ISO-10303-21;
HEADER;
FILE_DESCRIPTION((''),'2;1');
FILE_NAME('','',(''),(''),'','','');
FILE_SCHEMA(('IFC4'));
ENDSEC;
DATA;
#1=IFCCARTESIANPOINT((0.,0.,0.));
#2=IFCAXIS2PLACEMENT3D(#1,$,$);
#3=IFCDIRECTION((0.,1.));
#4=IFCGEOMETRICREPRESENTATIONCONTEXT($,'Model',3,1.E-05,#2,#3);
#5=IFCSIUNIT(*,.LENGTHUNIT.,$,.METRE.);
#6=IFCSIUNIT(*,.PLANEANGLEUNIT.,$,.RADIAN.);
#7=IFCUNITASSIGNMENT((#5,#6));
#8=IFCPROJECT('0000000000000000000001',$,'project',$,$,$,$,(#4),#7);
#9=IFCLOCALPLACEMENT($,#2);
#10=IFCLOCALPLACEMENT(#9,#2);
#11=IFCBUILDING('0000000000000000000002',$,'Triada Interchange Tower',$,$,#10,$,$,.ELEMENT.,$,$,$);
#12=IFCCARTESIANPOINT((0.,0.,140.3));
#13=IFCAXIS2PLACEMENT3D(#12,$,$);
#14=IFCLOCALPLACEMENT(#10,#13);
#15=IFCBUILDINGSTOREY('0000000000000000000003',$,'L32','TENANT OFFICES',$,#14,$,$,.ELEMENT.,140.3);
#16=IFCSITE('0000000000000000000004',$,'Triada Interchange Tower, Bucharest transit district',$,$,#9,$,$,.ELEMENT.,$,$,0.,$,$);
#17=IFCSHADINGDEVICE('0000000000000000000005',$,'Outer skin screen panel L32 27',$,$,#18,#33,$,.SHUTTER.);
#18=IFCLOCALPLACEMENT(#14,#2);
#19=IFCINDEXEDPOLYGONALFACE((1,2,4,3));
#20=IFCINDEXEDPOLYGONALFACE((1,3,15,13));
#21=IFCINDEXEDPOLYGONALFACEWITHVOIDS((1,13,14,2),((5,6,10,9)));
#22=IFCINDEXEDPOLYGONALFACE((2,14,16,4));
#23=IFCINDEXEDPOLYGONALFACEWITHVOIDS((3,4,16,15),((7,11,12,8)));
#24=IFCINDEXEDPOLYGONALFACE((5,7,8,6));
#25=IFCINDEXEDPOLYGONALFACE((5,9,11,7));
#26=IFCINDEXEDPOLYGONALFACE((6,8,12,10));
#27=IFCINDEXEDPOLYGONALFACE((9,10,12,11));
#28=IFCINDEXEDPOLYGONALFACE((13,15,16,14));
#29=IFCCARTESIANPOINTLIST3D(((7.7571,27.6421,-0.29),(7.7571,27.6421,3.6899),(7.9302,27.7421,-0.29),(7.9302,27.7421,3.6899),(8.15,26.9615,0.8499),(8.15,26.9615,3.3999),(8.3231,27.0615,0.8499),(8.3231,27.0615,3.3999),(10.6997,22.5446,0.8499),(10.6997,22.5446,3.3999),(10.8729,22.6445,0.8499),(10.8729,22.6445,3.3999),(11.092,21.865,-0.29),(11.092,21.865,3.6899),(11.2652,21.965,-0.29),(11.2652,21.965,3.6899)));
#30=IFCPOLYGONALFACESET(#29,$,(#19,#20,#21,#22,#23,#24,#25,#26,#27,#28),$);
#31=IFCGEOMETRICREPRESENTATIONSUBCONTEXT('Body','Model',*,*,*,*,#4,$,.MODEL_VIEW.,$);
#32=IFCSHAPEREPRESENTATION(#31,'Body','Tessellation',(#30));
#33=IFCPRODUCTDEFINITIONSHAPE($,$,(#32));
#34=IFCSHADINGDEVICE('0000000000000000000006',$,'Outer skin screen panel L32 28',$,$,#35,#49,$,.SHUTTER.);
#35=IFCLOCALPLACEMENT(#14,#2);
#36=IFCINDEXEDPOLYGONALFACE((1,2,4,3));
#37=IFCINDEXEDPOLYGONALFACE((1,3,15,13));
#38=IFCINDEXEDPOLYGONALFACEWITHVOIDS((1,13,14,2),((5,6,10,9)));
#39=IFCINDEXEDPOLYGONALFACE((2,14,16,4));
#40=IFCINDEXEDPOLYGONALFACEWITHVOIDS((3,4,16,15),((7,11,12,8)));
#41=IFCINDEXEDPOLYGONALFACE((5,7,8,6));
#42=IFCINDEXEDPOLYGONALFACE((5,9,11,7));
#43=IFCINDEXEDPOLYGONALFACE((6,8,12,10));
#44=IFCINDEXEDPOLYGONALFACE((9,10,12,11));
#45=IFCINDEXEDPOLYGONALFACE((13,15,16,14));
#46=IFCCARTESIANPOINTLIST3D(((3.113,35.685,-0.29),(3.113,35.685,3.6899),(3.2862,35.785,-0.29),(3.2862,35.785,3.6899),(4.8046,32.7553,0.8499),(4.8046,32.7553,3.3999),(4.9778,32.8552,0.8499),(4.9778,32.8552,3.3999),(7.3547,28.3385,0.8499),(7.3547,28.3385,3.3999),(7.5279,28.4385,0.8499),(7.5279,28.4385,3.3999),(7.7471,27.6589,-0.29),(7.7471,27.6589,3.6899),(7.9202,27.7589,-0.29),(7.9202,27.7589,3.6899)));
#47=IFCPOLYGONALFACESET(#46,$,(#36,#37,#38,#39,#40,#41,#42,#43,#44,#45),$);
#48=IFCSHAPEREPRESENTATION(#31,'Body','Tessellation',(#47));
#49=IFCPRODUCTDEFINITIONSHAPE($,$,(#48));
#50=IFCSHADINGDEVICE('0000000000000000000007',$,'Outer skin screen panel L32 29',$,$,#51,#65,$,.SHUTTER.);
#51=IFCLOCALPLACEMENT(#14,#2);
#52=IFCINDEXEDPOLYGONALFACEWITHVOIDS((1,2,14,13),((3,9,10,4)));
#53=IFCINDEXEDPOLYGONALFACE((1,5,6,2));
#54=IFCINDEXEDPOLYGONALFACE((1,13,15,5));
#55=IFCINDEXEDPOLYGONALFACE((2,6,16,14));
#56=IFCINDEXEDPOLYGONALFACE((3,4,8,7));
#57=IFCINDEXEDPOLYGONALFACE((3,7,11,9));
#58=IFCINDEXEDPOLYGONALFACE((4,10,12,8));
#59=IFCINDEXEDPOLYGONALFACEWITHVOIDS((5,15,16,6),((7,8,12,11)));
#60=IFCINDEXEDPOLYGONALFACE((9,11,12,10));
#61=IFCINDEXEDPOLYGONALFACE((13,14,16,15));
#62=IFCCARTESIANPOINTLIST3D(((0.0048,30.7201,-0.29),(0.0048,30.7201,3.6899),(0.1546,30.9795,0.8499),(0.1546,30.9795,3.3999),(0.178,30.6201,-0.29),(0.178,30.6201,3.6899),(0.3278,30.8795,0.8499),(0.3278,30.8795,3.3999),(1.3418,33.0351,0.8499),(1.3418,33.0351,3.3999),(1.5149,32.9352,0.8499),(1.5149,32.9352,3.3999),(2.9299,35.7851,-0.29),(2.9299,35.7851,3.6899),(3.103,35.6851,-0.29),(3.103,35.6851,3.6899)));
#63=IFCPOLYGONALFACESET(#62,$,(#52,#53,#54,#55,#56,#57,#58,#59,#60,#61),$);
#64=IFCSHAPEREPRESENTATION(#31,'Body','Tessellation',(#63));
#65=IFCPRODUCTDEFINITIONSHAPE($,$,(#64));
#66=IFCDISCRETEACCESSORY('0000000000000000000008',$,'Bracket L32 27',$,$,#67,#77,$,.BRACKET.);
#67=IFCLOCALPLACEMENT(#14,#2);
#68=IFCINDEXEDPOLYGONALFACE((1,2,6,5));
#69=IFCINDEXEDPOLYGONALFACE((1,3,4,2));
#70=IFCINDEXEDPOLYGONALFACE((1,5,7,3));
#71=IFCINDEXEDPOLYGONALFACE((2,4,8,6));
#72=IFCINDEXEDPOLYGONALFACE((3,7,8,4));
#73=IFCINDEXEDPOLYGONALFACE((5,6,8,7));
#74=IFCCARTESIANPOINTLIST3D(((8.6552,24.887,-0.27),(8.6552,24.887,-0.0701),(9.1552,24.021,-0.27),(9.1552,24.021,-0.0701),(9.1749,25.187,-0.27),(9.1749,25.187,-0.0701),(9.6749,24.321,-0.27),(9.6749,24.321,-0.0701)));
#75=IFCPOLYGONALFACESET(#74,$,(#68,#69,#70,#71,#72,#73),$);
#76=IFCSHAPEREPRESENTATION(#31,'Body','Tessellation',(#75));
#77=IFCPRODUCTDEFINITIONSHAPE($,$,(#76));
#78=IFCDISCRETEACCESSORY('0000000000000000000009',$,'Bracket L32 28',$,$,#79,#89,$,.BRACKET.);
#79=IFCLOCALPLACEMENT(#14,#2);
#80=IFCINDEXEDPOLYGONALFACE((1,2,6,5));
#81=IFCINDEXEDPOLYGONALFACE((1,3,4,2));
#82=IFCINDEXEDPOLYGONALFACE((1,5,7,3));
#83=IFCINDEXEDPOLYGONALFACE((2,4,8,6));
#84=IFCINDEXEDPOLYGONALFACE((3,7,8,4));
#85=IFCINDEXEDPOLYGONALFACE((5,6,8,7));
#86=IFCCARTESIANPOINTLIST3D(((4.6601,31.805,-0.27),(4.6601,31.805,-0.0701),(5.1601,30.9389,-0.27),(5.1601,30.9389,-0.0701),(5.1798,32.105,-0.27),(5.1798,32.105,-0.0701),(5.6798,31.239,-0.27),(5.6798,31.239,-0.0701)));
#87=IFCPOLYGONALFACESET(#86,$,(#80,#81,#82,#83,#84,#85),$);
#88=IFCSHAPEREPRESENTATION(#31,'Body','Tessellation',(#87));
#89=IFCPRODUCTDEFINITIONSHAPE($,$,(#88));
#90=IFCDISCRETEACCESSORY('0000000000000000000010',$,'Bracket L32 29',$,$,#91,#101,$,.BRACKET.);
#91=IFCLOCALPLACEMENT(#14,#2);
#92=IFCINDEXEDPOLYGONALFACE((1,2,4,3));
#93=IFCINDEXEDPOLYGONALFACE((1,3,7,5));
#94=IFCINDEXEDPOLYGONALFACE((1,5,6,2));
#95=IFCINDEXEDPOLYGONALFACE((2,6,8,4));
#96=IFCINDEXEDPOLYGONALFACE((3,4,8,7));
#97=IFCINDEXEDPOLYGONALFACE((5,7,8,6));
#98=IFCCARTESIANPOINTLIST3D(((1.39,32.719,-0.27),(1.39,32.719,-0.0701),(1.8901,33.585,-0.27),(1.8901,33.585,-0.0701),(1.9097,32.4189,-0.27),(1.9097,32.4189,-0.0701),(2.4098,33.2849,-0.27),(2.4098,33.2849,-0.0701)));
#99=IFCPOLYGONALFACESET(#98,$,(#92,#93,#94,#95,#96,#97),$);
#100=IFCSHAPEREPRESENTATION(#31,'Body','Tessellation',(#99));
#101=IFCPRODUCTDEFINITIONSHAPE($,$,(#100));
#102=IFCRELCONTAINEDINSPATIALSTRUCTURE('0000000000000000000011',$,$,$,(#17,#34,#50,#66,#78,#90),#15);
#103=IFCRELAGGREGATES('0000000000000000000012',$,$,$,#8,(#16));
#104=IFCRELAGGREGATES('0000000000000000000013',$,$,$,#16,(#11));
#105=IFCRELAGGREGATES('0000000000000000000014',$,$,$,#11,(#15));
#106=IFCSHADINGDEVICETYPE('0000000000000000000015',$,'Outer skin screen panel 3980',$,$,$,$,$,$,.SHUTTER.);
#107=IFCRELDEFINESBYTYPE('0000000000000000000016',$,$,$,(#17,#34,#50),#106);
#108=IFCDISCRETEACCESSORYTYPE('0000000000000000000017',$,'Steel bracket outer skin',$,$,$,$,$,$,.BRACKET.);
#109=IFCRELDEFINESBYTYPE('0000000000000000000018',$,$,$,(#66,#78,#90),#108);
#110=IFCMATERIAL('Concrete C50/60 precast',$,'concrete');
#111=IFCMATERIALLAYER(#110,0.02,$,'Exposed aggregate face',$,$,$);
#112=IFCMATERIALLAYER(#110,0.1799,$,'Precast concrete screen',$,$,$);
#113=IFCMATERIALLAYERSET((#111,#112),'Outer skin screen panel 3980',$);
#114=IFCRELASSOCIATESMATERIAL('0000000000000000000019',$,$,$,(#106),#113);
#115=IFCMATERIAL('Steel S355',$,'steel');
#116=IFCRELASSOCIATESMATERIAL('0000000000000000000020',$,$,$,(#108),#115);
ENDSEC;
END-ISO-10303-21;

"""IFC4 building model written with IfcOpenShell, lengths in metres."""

from ifc_helpers import new_model, si_unit, direction, frame, origin, origin_2d, place, context, subcontext, project, spatial, polyline, rectangle, outline, extrude, material, layer, layer_set, type_object, element, save


model = new_model("IFC4")

# Units and contexts
model_context = context("Model", 3, precision=1e-05, world=origin(), true_north=direction((0.0, 1.0)))
body_context = subcontext(model_context, "Body", "Model", "MODEL_VIEW")
ifc_project = project(units=[si_unit("LENGTHUNIT", "METRE"), si_unit("PLANEANGLEUNIT", "RADIAN")], contexts=[model_context])

# Site, building, storey
site_placement = place(None, origin())
site = spatial("IfcSite", under=ifc_project, at=site_placement, Name="Triada Interchange Tower, Bucharest transit district", CompositionType="ELEMENT", RefElevation=0.0)
building_placement = place(site_placement, origin())
building = spatial("IfcBuilding", under=site, at=building_placement, Name="Triada Interchange Tower", CompositionType="ELEMENT")
storey_placement = place(building_placement, frame((0.0, 0.0, 140.3)))
storey = spatial("IfcBuildingStorey", under=building, at=storey_placement, Name="L32", Description="TENANT OFFICES", CompositionType="ELEMENT", Elevation=140.3)

# Shading devices
ifc_material_1 = material(Name="Concrete C50/60 precast", Category="concrete")
ifc_layer_1 = layer(ifc_material_1, 0.02, Name="Exposed aggregate face")
ifc_layer_2 = layer(ifc_material_1, 0.1799, Name="Precast concrete screen")
ifc_layer_set_1 = layer_set([ifc_layer_1, ifc_layer_2], Name="Outer skin screen panel 3980")
shading_device_type = type_object("IfcShadingDeviceType", Name="Outer skin screen panel 3980", PredefinedType="SHUTTER", material=ifc_layer_set_1)
shading_device_1_placement = place(storey_placement, frame((11.092, 21.865, -0.29), z_axis=(0.0, 0.0, 1.0), x_axis=(-0.49995, 0.866055, 0.0)))
element("IfcShadingDevice", 1, at=shading_device_1_placement, inside=storey, type_object=shading_device_type, Name="Outer skin screen panel L32 27", PredefinedType="SHUTTER", context=body_context, shape_type="SweptSolid", body=[
    extrude(outline(polyline([(0.0, 0.0), (6.6707, 0.0), (6.6707, 3.98), (0.0, 3.98), (0.0, 0.0)]), holes=[polyline([(0.7847, 1.1399), (0.7847, 3.6899), (5.8848, 3.6899), (5.8848, 1.1399), (0.7847, 1.1399)])]), frame((0.0, 0.0, 0.0), z_axis=(0.0, -1.0, 0.0), x_axis=(1.0, 0.0, 0.0)), (0.0, 0.0, 1.0), 0.2),
])
shading_device_2_placement = place(storey_placement, frame((7.7471, 27.6589, -0.29), z_axis=(0.0, 0.0, 1.0), x_axis=(-0.500012, 0.866018, 0.0)))
element("IfcShadingDevice", 2, at=shading_device_2_placement, inside=storey, type_object=shading_device_type, Name="Outer skin screen panel L32 28", PredefinedType="SHUTTER", context=body_context, shape_type="SweptSolid", body=[
    extrude(outline(polyline([(0.0, 0.0), (9.2678, 0.0), (9.2678, 3.98), (0.0, 3.98), (0.0, 0.0)]), holes=[polyline([(0.7847, 1.1399), (0.7847, 3.6899), (5.8848, 3.6899), (5.8848, 1.1399), (0.7847, 1.1399)])]), frame((0.0, 0.0, 0.0), z_axis=(0.0, -1.0, 0.0), x_axis=(1.0, 0.0, 0.0)), (0.0, 0.0, 1.0), 0.2),
])
shading_device_3_placement = place(storey_placement, frame((3.103, 35.6851, -0.29), z_axis=(0.0, 0.0, 1.0), x_axis=(-0.500103, -0.865966, 0.0)))
element("IfcShadingDevice", 3, at=shading_device_3_placement, inside=storey, type_object=shading_device_type, Name="Outer skin screen panel L32 29", PredefinedType="SHUTTER", context=body_context, shape_type="SweptSolid", body=[
    extrude(outline(polyline([(0.0, 0.0), (5.8489, 0.0), (5.8489, 3.98), (0.0, 3.98), (0.0, 0.0)]), holes=[polyline([(3.1755, 1.1399), (3.1755, 3.6899), (5.5493, 3.6899), (5.5493, 1.1399), (3.1755, 1.1399)])]), frame((0.0, 0.0, 0.0), z_axis=(0.0, -1.0, 0.0), x_axis=(1.0, 0.0, 0.0)), (0.0, 0.0, 1.0), 0.2),
])

# Discrete accessories
ifc_material_2 = material(Name="Steel S355", Category="steel")
discrete_accessory_type = type_object("IfcDiscreteAccessoryType", Name="Steel bracket outer skin", PredefinedType="BRACKET", material=ifc_material_2)
for number, where, z_axis, x_axis, name in (
    (4, (9.165, 24.604, -0.27), (0.0, 0.0, 1.0), (0.866021, 0.500007, 0.0), "Bracket L32 27"),
    (5, (5.1699, 31.522, -0.27), (0.0, 0.0, 1.0), (0.866021, 0.500007, 0.0), "Bracket L32 28"),
    (6, (1.8999, 33.002, -0.27), (0.0, 0.0, 1.0), (-0.866017, 0.500015, 0.0), "Bracket L32 29"),
):
    element("IfcDiscreteAccessory", number, at=place(storey_placement, frame(where, z_axis=z_axis, x_axis=x_axis)), inside=storey, type_object=discrete_accessory_type, Name=name, PredefinedType="BRACKET", context=body_context, shape_type="SweptSolid", body=[
        extrude(rectangle(XDim=0.6001, YDim=1.0, at=origin_2d()), origin(), (0.0, 0.0, 1.0), 0.2),
    ])

save(model, "model.ifc")
